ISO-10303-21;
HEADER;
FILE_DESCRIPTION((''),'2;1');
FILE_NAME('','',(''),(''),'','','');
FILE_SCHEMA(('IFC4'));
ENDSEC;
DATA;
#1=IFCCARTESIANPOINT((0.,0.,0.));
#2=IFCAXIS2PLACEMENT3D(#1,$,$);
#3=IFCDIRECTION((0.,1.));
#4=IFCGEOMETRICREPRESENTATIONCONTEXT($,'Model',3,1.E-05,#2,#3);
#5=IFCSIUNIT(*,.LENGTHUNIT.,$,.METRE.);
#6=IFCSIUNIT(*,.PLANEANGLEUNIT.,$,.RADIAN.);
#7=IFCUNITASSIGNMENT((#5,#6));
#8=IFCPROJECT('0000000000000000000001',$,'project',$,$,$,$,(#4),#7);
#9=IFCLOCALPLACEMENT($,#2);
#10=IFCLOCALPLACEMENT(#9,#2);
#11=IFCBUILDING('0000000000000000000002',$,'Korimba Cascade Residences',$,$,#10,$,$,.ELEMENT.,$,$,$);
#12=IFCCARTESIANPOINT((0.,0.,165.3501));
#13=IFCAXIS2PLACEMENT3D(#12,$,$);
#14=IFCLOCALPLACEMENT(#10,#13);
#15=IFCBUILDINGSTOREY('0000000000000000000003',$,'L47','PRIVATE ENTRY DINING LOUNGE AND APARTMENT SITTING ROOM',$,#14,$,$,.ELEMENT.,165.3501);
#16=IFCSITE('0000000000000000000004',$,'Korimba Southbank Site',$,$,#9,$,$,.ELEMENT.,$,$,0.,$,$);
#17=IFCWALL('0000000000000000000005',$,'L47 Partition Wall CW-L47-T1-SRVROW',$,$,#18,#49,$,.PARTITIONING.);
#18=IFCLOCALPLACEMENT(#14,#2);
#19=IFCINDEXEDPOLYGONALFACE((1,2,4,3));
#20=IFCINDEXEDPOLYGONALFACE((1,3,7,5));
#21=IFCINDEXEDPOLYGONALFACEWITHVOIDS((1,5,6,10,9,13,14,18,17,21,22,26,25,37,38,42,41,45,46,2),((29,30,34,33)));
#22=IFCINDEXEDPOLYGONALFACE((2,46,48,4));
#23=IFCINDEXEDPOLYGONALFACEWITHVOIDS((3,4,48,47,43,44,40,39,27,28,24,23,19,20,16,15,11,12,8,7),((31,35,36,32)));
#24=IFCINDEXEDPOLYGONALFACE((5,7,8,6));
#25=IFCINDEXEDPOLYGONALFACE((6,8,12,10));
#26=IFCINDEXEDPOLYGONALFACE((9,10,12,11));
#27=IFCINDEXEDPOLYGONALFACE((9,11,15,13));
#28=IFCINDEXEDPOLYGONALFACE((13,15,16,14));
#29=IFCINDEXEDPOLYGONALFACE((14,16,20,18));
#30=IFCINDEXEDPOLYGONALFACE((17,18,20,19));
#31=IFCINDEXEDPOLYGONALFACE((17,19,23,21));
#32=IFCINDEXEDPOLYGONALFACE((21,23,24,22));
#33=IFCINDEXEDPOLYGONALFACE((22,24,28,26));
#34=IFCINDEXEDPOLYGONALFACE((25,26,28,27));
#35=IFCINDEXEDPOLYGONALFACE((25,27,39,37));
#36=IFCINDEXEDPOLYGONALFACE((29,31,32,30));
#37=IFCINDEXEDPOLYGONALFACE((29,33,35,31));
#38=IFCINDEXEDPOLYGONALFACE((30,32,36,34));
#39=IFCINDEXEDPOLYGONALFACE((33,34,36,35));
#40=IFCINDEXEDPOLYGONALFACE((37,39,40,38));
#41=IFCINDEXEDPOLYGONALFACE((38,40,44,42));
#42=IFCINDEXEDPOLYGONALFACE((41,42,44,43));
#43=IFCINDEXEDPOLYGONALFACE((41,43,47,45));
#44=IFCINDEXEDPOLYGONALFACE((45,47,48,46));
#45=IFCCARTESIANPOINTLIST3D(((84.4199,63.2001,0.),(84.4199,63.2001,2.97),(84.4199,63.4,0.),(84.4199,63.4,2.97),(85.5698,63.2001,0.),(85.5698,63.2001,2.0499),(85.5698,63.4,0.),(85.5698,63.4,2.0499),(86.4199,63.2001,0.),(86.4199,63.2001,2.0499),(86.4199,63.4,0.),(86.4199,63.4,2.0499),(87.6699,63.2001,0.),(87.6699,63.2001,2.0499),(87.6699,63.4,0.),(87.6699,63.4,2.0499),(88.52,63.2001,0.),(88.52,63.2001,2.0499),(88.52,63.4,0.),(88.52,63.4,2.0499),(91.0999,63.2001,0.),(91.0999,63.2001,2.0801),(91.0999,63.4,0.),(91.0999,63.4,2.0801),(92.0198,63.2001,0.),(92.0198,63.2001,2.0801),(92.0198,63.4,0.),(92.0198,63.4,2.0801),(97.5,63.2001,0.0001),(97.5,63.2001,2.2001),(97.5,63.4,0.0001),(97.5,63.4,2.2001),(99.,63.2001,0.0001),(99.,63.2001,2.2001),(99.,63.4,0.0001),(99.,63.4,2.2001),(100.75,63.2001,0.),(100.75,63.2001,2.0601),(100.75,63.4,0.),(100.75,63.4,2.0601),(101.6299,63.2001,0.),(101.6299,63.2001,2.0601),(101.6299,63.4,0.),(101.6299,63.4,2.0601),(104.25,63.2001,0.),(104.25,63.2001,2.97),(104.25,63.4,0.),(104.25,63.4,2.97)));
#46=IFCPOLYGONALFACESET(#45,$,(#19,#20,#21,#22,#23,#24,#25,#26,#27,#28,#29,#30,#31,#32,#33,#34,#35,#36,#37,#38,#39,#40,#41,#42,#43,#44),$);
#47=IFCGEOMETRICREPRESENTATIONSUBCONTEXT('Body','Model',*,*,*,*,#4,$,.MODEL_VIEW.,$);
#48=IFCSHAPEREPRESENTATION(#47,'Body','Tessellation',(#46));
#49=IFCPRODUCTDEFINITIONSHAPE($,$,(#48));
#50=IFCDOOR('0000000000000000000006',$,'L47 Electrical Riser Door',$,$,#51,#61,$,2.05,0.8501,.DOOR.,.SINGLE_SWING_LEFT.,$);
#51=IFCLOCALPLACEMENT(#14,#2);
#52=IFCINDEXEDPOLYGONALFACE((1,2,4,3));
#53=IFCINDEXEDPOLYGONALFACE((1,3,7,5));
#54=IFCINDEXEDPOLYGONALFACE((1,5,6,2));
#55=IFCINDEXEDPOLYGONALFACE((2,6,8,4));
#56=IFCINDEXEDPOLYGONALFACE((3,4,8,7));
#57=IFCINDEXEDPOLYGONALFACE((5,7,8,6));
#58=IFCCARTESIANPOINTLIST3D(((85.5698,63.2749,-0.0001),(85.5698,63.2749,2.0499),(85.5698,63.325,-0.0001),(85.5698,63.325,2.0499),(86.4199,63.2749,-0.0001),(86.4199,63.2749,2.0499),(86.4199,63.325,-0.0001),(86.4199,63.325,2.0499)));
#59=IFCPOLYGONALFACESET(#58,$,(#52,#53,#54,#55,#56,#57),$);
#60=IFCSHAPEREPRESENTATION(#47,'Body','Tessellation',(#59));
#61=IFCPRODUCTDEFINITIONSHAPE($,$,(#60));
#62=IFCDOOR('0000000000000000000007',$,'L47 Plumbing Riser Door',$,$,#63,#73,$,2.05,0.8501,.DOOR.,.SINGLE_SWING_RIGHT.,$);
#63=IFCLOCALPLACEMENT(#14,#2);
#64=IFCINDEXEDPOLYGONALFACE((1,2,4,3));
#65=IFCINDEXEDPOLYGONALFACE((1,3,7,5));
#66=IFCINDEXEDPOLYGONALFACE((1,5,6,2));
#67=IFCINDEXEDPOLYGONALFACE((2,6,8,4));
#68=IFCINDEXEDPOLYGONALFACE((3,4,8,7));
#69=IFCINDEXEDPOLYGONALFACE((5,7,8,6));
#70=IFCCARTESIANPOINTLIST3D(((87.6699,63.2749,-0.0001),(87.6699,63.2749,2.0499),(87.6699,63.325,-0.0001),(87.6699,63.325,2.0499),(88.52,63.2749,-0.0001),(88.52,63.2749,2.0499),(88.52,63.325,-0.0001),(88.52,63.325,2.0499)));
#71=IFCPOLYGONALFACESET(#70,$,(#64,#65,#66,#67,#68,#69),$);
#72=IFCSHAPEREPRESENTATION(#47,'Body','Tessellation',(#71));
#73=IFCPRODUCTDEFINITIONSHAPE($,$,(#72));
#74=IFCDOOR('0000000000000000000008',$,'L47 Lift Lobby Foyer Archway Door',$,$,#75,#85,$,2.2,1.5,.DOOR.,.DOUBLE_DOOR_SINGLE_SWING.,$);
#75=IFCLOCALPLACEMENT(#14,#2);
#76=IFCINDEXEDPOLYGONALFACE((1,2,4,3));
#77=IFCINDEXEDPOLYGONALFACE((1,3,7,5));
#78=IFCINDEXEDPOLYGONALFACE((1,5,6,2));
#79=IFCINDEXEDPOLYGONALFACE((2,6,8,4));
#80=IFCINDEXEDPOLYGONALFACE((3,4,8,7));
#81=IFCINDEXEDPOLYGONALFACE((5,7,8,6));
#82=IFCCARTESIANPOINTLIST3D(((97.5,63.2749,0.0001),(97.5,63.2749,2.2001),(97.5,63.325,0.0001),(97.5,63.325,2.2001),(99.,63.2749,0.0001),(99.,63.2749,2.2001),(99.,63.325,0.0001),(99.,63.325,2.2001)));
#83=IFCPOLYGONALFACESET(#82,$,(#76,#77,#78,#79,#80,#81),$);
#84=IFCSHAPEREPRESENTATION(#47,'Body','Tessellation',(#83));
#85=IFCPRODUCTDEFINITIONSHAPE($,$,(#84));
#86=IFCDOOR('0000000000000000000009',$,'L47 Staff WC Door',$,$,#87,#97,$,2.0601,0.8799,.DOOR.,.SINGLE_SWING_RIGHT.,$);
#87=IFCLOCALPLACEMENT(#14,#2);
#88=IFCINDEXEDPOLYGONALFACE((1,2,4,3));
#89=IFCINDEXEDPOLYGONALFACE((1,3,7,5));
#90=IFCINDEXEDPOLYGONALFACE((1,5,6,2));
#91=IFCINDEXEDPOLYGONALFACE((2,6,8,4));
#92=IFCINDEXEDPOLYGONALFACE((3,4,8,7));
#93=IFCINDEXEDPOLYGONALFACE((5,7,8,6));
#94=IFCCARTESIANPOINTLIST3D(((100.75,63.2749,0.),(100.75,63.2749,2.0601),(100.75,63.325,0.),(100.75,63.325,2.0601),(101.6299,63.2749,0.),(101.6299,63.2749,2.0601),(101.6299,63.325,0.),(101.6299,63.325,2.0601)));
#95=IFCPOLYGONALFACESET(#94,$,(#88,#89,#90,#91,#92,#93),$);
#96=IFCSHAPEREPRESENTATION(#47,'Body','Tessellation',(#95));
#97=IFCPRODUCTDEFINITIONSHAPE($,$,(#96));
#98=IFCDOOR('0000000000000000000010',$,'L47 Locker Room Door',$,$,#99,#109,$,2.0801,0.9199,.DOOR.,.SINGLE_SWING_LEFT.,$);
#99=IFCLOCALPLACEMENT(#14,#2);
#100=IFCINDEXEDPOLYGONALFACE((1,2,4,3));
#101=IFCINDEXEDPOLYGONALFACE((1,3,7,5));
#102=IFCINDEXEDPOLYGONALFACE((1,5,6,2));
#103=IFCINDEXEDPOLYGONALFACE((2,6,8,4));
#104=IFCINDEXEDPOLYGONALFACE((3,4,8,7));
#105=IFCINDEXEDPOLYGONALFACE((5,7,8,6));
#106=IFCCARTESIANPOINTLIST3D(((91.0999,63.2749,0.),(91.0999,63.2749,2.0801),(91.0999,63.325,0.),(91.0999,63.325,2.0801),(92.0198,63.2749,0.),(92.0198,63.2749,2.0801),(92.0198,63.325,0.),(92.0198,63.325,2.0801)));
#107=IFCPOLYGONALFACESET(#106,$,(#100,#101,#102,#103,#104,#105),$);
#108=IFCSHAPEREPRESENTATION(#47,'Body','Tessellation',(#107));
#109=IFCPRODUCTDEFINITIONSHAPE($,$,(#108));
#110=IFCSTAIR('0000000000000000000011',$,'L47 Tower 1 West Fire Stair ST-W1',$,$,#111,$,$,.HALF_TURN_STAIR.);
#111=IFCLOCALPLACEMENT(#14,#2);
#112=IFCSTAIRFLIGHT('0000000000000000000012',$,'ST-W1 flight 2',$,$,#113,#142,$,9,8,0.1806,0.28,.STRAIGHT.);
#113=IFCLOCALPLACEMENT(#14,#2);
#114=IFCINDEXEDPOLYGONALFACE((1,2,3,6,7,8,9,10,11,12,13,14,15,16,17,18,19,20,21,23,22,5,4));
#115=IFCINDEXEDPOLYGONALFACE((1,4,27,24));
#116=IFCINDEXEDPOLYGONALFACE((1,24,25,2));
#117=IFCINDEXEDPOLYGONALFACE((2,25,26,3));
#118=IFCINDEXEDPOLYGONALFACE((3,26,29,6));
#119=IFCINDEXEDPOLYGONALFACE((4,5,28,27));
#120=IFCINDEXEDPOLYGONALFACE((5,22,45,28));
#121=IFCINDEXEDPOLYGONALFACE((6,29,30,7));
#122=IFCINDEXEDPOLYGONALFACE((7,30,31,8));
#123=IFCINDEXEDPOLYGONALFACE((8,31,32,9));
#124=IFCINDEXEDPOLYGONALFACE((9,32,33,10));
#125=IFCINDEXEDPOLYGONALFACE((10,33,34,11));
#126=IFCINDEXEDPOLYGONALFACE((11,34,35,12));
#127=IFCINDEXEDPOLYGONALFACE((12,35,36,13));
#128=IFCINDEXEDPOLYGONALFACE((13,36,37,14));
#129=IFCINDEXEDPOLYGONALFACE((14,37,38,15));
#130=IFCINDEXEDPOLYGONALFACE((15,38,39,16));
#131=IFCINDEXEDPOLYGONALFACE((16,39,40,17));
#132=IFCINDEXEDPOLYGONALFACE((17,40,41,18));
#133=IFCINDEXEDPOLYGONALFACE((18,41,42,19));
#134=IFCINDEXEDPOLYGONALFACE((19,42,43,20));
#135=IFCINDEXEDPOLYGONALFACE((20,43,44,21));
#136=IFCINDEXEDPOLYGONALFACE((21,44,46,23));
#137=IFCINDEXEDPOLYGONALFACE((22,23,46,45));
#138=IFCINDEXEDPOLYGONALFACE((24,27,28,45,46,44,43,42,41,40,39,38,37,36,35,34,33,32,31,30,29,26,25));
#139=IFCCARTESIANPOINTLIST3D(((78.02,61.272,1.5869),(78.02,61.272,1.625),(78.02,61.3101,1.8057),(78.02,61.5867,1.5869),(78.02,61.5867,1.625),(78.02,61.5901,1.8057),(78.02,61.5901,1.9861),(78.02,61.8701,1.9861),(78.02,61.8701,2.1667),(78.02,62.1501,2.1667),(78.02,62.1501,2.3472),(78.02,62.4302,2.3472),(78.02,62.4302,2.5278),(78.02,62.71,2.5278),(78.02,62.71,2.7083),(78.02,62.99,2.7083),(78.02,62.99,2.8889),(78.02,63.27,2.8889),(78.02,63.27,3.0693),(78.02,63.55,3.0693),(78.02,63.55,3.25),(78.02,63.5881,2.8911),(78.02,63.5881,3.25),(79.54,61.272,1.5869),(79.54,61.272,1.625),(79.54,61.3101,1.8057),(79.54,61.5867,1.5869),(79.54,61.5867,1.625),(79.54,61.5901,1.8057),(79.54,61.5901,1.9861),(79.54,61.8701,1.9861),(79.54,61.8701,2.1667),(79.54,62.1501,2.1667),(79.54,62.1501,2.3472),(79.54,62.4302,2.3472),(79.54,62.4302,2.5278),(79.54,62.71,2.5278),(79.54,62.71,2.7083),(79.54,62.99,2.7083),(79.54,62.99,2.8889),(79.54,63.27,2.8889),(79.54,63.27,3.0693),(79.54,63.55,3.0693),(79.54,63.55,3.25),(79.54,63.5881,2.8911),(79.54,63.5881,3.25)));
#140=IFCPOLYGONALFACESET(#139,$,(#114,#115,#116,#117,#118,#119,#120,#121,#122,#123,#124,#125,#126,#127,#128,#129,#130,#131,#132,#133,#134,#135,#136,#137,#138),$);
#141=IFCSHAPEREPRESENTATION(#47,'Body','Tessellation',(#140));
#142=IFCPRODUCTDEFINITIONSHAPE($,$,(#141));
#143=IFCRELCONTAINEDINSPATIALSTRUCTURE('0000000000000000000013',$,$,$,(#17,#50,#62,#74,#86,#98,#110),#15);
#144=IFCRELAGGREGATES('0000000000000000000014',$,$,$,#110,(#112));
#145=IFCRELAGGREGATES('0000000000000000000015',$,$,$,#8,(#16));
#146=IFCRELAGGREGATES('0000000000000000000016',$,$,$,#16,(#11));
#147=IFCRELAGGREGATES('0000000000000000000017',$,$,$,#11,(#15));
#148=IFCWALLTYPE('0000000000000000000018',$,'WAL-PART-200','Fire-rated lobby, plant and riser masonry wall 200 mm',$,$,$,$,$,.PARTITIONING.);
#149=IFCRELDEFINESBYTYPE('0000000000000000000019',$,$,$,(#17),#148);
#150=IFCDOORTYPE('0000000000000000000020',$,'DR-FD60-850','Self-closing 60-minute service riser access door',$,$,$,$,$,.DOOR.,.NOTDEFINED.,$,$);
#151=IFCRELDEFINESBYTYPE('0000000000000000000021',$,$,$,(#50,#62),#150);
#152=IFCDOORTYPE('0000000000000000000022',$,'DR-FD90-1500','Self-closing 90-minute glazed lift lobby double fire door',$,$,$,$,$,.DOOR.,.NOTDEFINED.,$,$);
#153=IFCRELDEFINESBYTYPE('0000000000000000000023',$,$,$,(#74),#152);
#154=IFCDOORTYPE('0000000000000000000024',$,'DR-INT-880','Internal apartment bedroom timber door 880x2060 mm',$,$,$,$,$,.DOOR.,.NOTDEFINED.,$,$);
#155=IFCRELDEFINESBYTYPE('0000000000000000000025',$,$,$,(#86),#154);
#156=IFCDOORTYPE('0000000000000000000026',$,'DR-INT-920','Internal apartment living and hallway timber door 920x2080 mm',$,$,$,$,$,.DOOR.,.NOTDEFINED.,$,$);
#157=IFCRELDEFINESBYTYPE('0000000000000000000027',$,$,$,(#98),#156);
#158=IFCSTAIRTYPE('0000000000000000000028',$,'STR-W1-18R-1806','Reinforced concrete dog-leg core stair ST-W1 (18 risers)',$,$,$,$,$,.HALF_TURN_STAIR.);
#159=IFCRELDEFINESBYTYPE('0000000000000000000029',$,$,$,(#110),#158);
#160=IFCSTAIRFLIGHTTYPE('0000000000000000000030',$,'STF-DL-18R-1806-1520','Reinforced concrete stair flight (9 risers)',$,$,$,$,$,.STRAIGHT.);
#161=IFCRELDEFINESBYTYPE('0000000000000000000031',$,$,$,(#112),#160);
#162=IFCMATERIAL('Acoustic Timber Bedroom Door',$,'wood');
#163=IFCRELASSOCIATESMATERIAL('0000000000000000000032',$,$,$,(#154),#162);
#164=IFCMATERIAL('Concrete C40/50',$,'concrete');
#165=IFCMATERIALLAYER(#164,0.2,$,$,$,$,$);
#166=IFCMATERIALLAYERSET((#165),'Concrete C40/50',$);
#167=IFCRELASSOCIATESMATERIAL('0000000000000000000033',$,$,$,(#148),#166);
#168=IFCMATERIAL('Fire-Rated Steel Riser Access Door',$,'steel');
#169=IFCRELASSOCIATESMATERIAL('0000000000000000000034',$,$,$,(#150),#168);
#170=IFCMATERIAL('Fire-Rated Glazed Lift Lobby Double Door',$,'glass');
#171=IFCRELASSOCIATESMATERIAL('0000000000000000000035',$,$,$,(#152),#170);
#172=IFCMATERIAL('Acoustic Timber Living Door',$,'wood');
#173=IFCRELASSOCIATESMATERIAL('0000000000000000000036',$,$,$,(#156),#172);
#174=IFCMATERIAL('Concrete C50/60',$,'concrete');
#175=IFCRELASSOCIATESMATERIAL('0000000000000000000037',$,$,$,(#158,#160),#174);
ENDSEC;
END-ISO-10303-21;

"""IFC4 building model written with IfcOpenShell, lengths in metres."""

from ifc_helpers import new_model, si_unit, direction, frame, frame_2d, origin, place, context, subcontext, project, spatial, polyline, rectangle, outline, extrude, material, layer, layer_set, type_object, element, fill, aggregate, save


model = new_model("IFC4")

# Units and contexts
model_context = context("Model", 3, precision=1e-05, world=origin(), true_north=direction((0.0, 1.0)))
body_context = subcontext(model_context, "Body", "Model", "MODEL_VIEW")
ifc_project = project(units=[si_unit("LENGTHUNIT", "METRE"), si_unit("PLANEANGLEUNIT", "RADIAN")], contexts=[model_context])

# Site, building, storey
site_placement = place(None, origin())
site = spatial("IfcSite", under=ifc_project, at=site_placement, Name="Korimba Southbank Site", CompositionType="ELEMENT", RefElevation=0.0)
building_placement = place(site_placement, origin())
building = spatial("IfcBuilding", under=site, at=building_placement, Name="Korimba Cascade Residences", CompositionType="ELEMENT")
storey_placement = place(building_placement, frame((0.0, 0.0, 165.3501)))
storey = spatial("IfcBuildingStorey", under=building, at=storey_placement, Name="L47", Description="PRIVATE ENTRY DINING LOUNGE AND APARTMENT SITTING ROOM", CompositionType="ELEMENT", Elevation=165.3501)

# Shared definitions
ifc_material_1 = material(Name="Acoustic Timber Bedroom Door", Category="wood")
door_type_1 = type_object("IfcDoorType", Name="DR-INT-880", Description="Internal apartment bedroom timber door 880x2060 mm", OperationType="NOTDEFINED", PredefinedType="DOOR", material=ifc_material_1)
ifc_material_2 = material(Name="Concrete C40/50", Category="concrete")
ifc_layer_1 = layer(ifc_material_2, 0.2)
ifc_layer_set_1 = layer_set([ifc_layer_1], Name="Concrete C40/50")
wall_type_1 = type_object("IfcWallType", Name="WAL-PART-200", Description="Fire-rated lobby, plant and riser masonry wall 200 mm", PredefinedType="PARTITIONING", material=ifc_layer_set_1)

# Wall, openings, doors
wall_1_placement = place(storey_placement, frame((84.4199, 63.3, 0.0), z_axis=(0.0, 0.0, 1.0), x_axis=(1.0, 0.0, 0.0)))
wall_1 = element("IfcWall", 1, at=wall_1_placement, inside=storey, type_object=wall_type_1, Name="L47 Partition Wall CW-L47-T1-SRVROW", PredefinedType="PARTITIONING", context=body_context, shape_type="SweptSolid", body=[
    extrude(rectangle(XDim=19.8301, YDim=0.2, at=frame_2d((9.915, 0.0))), origin(), (0.0, 0.0, 1.0), 2.97),
])
opening_1_placement = place(wall_1_placement, frame((1.1499, 0.0, 0.0)))
opening_1 = element("IfcOpeningElement", 2, at=opening_1_placement, cuts=wall_1, PredefinedType="OPENING", context=body_context, shape_type="SweptSolid", body=[
    extrude(rectangle(XDim=0.8501, YDim=2.05, at=frame_2d((0.425, 1.0249))), frame((0.0, 0.1099, 0.0), z_axis=(0.0, -1.0, 0.0), x_axis=(1.0, 0.0, 0.0)), (0.0, 0.0, 1.0), 0.22),
])
opening_2_placement = place(wall_1_placement, frame((3.25, 0.0, 0.0)))
opening_2 = element("IfcOpeningElement", 3, at=opening_2_placement, cuts=wall_1, PredefinedType="OPENING", context=body_context, shape_type="SweptSolid", body=[
    extrude(rectangle(XDim=0.8501, YDim=2.05, at=frame_2d((0.425, 1.0249))), frame((0.0, 0.1099, 0.0), z_axis=(0.0, -1.0, 0.0), x_axis=(1.0, 0.0, 0.0)), (0.0, 0.0, 1.0), 0.22),
])
opening_3_placement = place(wall_1_placement, frame((13.0801, 0.0, 0.0)))
opening_3 = element("IfcOpeningElement", 4, at=opening_3_placement, cuts=wall_1, PredefinedType="OPENING", context=body_context, shape_type="SweptSolid", body=[
    extrude(rectangle(XDim=1.5, YDim=2.2, at=frame_2d((0.75, 1.1001))), frame((0.0, 0.1099, 0.0), z_axis=(0.0, -1.0, 0.0), x_axis=(1.0, 0.0, 0.0)), (0.0, 0.0, 1.0), 0.22),
])
opening_4_placement = place(wall_1_placement, frame((6.6799, 0.0, 0.0)))
opening_4 = element("IfcOpeningElement", 5, at=opening_4_placement, cuts=wall_1, PredefinedType="OPENING", context=body_context, shape_type="SweptSolid", body=[
    extrude(rectangle(XDim=0.9199, YDim=2.0801, at=frame_2d((0.46, 1.04))), frame((0.0, 0.1099, 0.0), z_axis=(0.0, -1.0, 0.0), x_axis=(1.0, 0.0, 0.0)), (0.0, 0.0, 1.0), 0.22),
])
opening_5_placement = place(wall_1_placement, frame((16.3301, 0.0, 0.0)))
opening_5 = element("IfcOpeningElement", 6, at=opening_5_placement, cuts=wall_1, PredefinedType="OPENING", context=body_context, shape_type="SweptSolid", body=[
    extrude(rectangle(XDim=0.8799, YDim=2.0601, at=frame_2d((0.4399, 1.03))), frame((0.0, 0.1099, 0.0), z_axis=(0.0, -1.0, 0.0), x_axis=(1.0, 0.0, 0.0)), (0.0, 0.0, 1.0), 0.22),
])
ifc_material_3 = material(Name="Fire-Rated Steel Riser Access Door", Category="steel")
door_type_2 = type_object("IfcDoorType", Name="DR-FD60-850", Description="Self-closing 60-minute service riser access door", OperationType="NOTDEFINED", PredefinedType="DOOR", material=ifc_material_3)
door_1_placement = place(opening_1_placement, origin())
door_1 = element("IfcDoor", 7, at=door_1_placement, inside=storey, type_object=door_type_2, Name="L47 Electrical Riser Door", OperationType="SINGLE_SWING_LEFT", OverallHeight=2.05, OverallWidth=0.8501, PredefinedType="DOOR", context=body_context, shape_type="SweptSolid", body=[
    extrude(rectangle(XDim=0.8501, YDim=2.05, at=frame_2d((0.425, 1.0249))), frame((0.0, 0.0249, 0.0), z_axis=(0.0, -1.0, 0.0), x_axis=(1.0, 0.0, 0.0)), (0.0, 0.0, 1.0), 0.05),
])
fill(opening_1, door_1)
door_2_placement = place(opening_2_placement, origin())
door_2 = element("IfcDoor", 8, at=door_2_placement, inside=storey, type_object=door_type_2, Name="L47 Plumbing Riser Door", OperationType="SINGLE_SWING_RIGHT", OverallHeight=2.05, OverallWidth=0.8501, PredefinedType="DOOR", context=body_context, shape_type="SweptSolid", body=[
    extrude(rectangle(XDim=0.8501, YDim=2.05, at=frame_2d((0.425, 1.0249))), frame((0.0, 0.0249, 0.0), z_axis=(0.0, -1.0, 0.0), x_axis=(1.0, 0.0, 0.0)), (0.0, 0.0, 1.0), 0.05),
])
fill(opening_2, door_2)
ifc_material_4 = material(Name="Fire-Rated Glazed Lift Lobby Double Door", Category="glass")
door_type_3 = type_object("IfcDoorType", Name="DR-FD90-1500", Description="Self-closing 90-minute glazed lift lobby double fire door", OperationType="NOTDEFINED", PredefinedType="DOOR", material=ifc_material_4)
door_3_placement = place(opening_3_placement, origin())
door_3 = element("IfcDoor", 9, at=door_3_placement, inside=storey, type_object=door_type_3, Name="L47 Lift Lobby Foyer Archway Door", OperationType="DOUBLE_DOOR_SINGLE_SWING", OverallHeight=2.2, OverallWidth=1.5, PredefinedType="DOOR", context=body_context, shape_type="SweptSolid", body=[
    extrude(rectangle(XDim=1.5, YDim=2.2, at=frame_2d((0.75, 1.1001))), frame((0.0, 0.0249, 0.0), z_axis=(0.0, -1.0, 0.0), x_axis=(1.0, 0.0, 0.0)), (0.0, 0.0, 1.0), 0.05),
])
fill(opening_3, door_3)
door_4_placement = place(opening_5_placement, origin())
door_4 = element("IfcDoor", 10, at=door_4_placement, inside=storey, type_object=door_type_1, Name="L47 Staff WC Door", OperationType="SINGLE_SWING_RIGHT", OverallHeight=2.0601, OverallWidth=0.8799, PredefinedType="DOOR", context=body_context, shape_type="SweptSolid", body=[
    extrude(rectangle(XDim=0.8799, YDim=2.0601, at=frame_2d((0.4399, 1.03))), frame((0.0, 0.0249, 0.0), z_axis=(0.0, -1.0, 0.0), x_axis=(1.0, 0.0, 0.0)), (0.0, 0.0, 1.0), 0.05),
])
fill(opening_5, door_4)
ifc_material_5 = material(Name="Acoustic Timber Living Door", Category="wood")
door_type_4 = type_object("IfcDoorType", Name="DR-INT-920", Description="Internal apartment living and hallway timber door 920x2080 mm", OperationType="NOTDEFINED", PredefinedType="DOOR", material=ifc_material_5)
door_5_placement = place(opening_4_placement, origin())
door_5 = element("IfcDoor", 11, at=door_5_placement, inside=storey, type_object=door_type_4, Name="L47 Locker Room Door", OperationType="SINGLE_SWING_LEFT", OverallHeight=2.0801, OverallWidth=0.9199, PredefinedType="DOOR", context=body_context, shape_type="SweptSolid", body=[
    extrude(rectangle(XDim=0.9199, YDim=2.0801, at=frame_2d((0.46, 1.04))), frame((0.0, 0.0249, 0.0), z_axis=(0.0, -1.0, 0.0), x_axis=(1.0, 0.0, 0.0)), (0.0, 0.0, 1.0), 0.05),
])
fill(opening_4, door_5)

# Stair, stair flight
ifc_material_6 = material(Name="Concrete C50/60", Category="concrete")
stair_type = type_object("IfcStairType", Name="STR-W1-18R-1806", Description="Reinforced concrete dog-leg core stair ST-W1 (18 risers)", PredefinedType="HALF_TURN_STAIR", material=ifc_material_6)
stair_placement = place(storey_placement, origin())
stair = element("IfcStair", 12, at=stair_placement, inside=storey, type_object=stair_type, Name="L47 Tower 1 West Fire Stair ST-W1", PredefinedType="HALF_TURN_STAIR")
stair_flight_type = type_object("IfcStairFlightType", Name="STF-DL-18R-1806-1520", Description="Reinforced concrete stair flight (9 risers)", PredefinedType="STRAIGHT", material=ifc_material_6)
stair_flight_placement = place(storey_placement, frame((78.78, 61.3101, 1.625), z_axis=(0.0, 0.0, 1.0), x_axis=(0.0, 1.0, 0.0)))
stair_flight = element("IfcStairFlight", 13, at=stair_flight_placement, type_object=stair_flight_type, Name="ST-W1 flight 2", NumberOfRisers=9, NumberOfTreads=8, PredefinedType="STRAIGHT", RiserHeight=0.1806, TreadLength=0.28, context=body_context, shape_type="SweptSolid", body=[
    extrude(outline(polyline([(-0.0381, 0.0), (0.0, 0.1807), (0.28, 0.1807), (0.28, 0.3611), (0.5601, 0.3611), (0.5601, 0.5417), (0.8401, 0.5417), (0.8401, 0.7222), (1.1201, 0.7222), (1.1201, 0.9028), (1.3999, 0.9028), (1.3999, 1.0833), (1.6799, 1.0833), (1.6799, 1.2639), (1.96, 1.2639), (1.96, 1.4443), (2.24, 1.4443), (2.24, 1.625), (2.2781, 1.625), (2.2781, 1.2661), (0.2766, 0.0), (0.2766, -0.0381), (-0.0381, -0.0381), (-0.0381, 0.0)])), frame((0.0, 0.76, 0.0), z_axis=(0.0, -1.0, 0.0), x_axis=(1.0, 0.0, 0.0)), (0.0, 0.0, 1.0), 1.52),
])
aggregate(stair, [stair_flight])

save(model, "model.ifc")
